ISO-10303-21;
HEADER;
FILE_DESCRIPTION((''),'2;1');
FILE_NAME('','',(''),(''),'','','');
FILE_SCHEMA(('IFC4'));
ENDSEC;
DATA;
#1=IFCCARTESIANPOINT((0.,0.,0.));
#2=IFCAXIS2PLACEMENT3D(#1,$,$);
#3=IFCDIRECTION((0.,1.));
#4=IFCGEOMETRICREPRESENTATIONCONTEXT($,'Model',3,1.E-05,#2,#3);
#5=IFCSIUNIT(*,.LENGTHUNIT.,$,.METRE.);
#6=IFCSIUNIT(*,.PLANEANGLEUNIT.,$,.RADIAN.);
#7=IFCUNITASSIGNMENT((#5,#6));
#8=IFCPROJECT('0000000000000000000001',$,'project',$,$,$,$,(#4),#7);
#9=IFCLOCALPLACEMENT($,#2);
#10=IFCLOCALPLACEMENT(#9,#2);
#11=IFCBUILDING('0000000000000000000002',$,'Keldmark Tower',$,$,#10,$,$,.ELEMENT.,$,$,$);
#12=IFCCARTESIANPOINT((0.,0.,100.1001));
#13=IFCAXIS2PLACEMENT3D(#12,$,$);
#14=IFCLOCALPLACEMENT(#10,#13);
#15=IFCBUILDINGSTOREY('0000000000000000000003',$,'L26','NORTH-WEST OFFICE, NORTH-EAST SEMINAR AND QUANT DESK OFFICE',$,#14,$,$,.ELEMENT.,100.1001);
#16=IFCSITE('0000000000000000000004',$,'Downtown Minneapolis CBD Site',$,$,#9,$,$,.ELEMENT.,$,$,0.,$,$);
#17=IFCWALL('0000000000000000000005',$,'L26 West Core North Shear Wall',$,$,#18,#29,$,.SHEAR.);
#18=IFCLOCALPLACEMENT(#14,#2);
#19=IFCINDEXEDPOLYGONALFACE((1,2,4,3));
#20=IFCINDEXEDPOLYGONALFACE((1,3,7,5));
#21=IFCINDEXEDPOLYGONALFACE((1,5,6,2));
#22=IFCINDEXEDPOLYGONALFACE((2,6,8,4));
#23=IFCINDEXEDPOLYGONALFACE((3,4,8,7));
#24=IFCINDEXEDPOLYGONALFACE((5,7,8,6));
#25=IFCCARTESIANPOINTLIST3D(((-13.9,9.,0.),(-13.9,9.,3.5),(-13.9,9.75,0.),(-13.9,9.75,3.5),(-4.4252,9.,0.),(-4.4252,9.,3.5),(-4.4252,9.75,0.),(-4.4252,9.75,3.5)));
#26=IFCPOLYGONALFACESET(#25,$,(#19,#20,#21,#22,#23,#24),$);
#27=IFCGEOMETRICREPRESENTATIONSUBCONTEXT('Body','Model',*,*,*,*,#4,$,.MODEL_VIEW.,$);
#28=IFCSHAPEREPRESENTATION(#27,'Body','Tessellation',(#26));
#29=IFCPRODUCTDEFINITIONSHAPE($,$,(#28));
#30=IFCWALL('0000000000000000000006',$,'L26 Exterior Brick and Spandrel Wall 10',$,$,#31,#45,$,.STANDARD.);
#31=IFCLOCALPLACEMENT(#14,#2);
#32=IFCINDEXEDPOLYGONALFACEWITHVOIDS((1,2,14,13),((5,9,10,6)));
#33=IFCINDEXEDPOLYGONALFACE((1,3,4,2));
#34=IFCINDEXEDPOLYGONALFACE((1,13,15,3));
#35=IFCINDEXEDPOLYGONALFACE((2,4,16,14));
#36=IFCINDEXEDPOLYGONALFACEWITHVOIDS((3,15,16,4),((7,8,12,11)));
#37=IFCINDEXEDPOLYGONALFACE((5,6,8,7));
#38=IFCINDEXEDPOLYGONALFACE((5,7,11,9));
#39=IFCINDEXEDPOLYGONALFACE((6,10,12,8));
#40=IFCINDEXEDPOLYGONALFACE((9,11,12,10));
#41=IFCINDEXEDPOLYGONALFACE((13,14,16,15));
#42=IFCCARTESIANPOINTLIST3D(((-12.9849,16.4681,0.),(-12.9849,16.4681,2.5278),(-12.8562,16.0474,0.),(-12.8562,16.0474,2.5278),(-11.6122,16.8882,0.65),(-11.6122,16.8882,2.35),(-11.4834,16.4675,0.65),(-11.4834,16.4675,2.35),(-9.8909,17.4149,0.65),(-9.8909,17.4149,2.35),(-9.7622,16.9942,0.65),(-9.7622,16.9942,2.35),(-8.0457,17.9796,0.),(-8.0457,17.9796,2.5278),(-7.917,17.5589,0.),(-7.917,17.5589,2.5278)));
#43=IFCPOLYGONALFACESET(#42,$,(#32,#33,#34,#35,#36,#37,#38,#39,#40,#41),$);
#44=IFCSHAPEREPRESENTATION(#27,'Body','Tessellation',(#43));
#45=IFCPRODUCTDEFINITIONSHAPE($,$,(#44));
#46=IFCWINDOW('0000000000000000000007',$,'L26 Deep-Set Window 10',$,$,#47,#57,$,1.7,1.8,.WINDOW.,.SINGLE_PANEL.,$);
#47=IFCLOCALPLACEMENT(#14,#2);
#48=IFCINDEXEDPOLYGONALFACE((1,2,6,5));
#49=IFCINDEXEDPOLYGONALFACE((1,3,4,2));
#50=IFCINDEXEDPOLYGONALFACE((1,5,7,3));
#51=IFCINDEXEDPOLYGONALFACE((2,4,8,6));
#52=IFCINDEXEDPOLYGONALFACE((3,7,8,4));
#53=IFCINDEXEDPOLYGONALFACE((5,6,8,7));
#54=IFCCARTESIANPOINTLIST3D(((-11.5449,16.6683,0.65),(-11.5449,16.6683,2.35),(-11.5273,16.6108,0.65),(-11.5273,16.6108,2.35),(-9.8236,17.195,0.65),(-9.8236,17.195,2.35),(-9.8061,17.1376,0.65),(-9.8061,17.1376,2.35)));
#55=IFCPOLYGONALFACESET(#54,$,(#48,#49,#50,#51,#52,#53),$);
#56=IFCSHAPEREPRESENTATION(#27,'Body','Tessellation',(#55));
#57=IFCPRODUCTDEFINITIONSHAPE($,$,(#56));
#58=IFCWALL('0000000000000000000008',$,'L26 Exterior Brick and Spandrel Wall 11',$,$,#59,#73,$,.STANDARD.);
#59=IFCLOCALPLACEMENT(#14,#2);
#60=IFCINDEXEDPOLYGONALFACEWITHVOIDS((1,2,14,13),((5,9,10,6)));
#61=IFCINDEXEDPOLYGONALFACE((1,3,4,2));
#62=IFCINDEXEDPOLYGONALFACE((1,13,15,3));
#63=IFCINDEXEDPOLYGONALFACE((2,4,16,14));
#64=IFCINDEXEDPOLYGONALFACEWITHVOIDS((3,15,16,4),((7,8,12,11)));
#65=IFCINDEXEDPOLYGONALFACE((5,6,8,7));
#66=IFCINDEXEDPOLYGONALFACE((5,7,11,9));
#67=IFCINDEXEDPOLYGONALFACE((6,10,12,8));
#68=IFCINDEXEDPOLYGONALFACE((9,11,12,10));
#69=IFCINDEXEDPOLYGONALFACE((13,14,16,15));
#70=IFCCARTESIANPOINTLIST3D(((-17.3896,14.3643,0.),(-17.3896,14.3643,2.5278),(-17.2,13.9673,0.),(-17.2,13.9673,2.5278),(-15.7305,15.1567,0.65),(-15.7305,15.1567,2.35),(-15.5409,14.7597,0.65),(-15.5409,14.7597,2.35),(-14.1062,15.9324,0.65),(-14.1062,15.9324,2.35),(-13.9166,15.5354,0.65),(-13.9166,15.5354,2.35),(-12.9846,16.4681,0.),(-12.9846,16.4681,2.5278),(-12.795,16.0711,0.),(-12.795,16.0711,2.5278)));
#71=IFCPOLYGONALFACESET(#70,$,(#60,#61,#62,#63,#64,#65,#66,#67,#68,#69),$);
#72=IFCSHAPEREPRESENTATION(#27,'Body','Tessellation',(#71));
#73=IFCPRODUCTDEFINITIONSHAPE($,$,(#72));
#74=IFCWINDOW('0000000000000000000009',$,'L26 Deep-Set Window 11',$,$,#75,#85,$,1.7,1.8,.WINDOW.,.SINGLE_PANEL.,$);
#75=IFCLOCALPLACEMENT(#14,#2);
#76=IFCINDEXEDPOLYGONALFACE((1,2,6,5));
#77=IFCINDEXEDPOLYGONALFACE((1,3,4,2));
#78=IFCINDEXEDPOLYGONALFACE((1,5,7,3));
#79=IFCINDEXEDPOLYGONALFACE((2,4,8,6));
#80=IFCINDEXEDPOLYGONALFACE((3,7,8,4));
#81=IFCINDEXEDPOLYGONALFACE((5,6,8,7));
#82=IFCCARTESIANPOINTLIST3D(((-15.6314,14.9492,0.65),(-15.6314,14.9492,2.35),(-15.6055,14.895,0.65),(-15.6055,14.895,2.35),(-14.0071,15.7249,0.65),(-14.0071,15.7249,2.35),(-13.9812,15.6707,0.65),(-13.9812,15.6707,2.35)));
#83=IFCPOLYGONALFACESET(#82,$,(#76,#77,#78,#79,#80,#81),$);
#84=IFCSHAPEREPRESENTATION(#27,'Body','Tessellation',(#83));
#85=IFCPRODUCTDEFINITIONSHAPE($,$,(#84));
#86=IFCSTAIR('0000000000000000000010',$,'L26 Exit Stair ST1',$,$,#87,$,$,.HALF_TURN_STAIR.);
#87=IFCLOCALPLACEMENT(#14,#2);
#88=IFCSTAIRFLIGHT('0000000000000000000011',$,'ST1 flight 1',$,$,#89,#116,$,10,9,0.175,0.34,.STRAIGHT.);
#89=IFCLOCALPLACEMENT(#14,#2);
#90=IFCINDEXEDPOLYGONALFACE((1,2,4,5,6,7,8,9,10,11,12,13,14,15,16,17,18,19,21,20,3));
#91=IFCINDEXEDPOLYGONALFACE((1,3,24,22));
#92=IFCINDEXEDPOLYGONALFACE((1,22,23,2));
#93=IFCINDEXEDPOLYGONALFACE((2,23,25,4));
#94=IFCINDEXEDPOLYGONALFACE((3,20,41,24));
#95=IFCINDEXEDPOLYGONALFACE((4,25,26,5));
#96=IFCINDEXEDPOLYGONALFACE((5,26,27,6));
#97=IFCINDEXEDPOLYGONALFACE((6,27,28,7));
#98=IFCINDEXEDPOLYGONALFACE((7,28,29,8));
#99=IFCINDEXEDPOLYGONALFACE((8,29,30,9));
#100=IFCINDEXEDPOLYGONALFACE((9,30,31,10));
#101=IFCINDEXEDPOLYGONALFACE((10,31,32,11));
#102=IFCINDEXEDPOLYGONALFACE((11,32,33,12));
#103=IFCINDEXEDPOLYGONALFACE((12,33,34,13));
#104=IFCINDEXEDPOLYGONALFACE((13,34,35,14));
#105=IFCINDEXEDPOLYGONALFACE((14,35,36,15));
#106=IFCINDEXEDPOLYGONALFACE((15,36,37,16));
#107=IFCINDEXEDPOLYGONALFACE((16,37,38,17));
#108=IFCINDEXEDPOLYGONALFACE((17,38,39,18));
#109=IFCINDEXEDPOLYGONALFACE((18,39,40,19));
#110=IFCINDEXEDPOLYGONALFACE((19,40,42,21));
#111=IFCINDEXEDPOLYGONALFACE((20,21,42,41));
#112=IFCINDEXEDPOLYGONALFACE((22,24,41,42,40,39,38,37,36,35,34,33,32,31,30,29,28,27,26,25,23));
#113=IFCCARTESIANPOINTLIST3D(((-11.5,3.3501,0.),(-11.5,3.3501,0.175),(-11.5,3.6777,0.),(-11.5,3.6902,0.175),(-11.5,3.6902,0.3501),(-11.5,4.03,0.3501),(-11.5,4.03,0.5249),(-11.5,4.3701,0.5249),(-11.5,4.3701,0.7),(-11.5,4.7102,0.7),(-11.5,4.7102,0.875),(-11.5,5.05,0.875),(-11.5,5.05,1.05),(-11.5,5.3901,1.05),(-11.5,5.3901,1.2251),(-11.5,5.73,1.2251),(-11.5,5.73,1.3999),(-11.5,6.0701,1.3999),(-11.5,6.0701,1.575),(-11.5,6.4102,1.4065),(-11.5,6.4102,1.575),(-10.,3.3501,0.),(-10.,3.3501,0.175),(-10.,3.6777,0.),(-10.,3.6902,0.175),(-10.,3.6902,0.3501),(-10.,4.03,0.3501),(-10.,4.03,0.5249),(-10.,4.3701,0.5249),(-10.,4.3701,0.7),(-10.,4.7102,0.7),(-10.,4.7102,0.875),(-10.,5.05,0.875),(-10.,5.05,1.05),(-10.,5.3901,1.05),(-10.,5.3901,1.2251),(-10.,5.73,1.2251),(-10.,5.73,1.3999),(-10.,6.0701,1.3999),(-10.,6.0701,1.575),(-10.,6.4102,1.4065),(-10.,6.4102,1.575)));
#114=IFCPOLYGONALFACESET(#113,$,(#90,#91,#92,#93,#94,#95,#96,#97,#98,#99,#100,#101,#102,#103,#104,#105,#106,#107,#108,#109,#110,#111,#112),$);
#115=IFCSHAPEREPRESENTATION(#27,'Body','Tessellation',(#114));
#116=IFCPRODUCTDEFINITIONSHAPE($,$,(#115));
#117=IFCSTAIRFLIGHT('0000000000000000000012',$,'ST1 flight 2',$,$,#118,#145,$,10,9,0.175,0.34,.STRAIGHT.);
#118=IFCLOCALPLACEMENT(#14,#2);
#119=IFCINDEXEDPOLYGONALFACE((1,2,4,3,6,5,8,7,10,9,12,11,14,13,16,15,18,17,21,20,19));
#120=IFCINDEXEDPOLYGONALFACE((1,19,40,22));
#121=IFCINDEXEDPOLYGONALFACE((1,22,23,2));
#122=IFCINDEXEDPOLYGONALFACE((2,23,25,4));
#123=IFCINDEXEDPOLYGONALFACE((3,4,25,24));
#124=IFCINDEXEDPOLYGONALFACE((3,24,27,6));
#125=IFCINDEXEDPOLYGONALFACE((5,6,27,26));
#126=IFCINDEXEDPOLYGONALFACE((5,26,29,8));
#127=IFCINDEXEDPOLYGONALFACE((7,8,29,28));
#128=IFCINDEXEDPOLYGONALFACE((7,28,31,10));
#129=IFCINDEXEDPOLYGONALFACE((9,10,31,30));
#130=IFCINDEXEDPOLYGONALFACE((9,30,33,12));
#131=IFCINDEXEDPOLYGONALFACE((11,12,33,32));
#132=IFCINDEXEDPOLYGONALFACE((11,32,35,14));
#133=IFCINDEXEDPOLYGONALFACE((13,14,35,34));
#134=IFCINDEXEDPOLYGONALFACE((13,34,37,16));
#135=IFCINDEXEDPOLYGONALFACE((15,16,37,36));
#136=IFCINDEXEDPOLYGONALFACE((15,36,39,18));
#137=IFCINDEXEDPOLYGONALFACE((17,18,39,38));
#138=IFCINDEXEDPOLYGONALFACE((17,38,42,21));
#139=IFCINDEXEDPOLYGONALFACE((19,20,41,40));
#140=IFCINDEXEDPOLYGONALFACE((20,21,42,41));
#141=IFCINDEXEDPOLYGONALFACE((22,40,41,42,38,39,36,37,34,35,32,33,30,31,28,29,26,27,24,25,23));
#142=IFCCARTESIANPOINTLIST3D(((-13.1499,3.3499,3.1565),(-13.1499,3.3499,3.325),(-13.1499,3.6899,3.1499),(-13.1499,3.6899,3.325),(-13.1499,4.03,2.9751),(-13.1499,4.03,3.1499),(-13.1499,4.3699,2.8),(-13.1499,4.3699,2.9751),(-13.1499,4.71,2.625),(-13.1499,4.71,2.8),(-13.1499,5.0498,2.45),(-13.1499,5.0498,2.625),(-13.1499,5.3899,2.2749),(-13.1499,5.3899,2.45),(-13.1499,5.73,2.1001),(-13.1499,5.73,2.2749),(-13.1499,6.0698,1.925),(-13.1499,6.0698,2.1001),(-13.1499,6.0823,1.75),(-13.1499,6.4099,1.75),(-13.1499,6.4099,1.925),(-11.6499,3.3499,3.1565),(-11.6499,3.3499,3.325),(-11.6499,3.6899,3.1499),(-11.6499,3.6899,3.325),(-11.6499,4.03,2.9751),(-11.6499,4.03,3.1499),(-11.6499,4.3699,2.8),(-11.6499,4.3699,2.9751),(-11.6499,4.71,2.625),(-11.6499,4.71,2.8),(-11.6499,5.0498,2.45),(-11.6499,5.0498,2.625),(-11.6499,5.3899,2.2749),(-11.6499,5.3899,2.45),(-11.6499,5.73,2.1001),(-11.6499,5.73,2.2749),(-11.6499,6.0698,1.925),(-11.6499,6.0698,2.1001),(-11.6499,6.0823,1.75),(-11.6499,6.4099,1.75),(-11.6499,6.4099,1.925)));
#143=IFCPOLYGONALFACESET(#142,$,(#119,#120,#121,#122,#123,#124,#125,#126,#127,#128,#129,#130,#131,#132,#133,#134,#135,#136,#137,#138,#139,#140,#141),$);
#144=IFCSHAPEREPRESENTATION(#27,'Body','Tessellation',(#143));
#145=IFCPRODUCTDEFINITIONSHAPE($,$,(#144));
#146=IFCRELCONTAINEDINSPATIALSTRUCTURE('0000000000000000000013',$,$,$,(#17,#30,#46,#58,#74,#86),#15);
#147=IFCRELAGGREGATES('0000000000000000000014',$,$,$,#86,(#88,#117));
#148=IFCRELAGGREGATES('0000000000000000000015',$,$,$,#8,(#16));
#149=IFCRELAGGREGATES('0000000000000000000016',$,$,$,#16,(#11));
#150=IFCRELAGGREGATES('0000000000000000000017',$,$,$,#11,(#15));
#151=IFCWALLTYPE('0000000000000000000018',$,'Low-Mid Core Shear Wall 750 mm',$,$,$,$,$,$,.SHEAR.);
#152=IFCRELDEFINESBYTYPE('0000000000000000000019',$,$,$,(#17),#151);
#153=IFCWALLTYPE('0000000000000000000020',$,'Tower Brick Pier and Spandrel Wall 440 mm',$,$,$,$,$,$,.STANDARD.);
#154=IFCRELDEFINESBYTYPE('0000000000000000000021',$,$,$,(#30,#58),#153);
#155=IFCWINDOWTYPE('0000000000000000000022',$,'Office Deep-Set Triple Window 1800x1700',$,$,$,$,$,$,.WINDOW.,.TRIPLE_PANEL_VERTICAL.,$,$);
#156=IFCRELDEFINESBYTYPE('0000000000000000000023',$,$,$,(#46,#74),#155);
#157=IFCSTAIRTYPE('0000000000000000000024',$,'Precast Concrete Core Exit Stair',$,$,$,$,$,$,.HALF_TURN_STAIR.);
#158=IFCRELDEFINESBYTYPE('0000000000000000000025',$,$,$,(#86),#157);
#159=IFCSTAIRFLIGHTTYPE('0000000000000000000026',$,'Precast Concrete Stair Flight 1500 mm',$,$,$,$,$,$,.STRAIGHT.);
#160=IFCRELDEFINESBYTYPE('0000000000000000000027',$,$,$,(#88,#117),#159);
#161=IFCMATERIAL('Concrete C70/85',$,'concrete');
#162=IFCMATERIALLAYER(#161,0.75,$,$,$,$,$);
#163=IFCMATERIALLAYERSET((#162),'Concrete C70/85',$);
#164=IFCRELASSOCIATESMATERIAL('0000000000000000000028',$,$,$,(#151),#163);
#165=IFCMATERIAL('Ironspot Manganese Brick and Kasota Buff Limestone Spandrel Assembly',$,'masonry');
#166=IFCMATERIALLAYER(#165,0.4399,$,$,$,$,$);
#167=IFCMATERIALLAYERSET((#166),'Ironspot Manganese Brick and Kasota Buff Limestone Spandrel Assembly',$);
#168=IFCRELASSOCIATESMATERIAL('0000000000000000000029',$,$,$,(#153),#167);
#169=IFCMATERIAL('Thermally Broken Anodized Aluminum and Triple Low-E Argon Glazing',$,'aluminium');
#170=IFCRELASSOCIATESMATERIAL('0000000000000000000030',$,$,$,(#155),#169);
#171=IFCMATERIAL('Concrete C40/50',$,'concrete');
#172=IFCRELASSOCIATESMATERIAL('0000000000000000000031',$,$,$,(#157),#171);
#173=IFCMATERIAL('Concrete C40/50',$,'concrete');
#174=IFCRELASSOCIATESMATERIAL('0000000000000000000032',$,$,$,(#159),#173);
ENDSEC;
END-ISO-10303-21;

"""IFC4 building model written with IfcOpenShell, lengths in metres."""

from ifc_helpers import new_model, si_unit, direction, frame, frame_2d, origin, place, context, subcontext, project, spatial, polyline, rectangle, outline, extrude, material, layer, layer_set, type_object, element, fill, aggregate, save


model = new_model("IFC4")

# Units and contexts
model_context = context("Model", 3, precision=1e-05, world=origin(), true_north=direction((0.0, 1.0)))
body_context = subcontext(model_context, "Body", "Model", "MODEL_VIEW")
ifc_project = project(units=[si_unit("LENGTHUNIT", "METRE"), si_unit("PLANEANGLEUNIT", "RADIAN")], contexts=[model_context])

# Site, building, storey
site_placement = place(None, origin())
site = spatial("IfcSite", under=ifc_project, at=site_placement, Name="Downtown Minneapolis CBD Site", CompositionType="ELEMENT", RefElevation=0.0)
building_placement = place(site_placement, origin())
building = spatial("IfcBuilding", under=site, at=building_placement, Name="Keldmark Tower", CompositionType="ELEMENT")
storey_placement = place(building_placement, frame((0.0, 0.0, 100.1001)))
storey = spatial("IfcBuildingStorey", under=building, at=storey_placement, Name="L26", Description="NORTH-WEST OFFICE, NORTH-EAST SEMINAR AND QUANT DESK OFFICE", CompositionType="ELEMENT", Elevation=100.1001)

# Wall
ifc_material_1 = material(Name="Concrete C70/85", Category="concrete")
ifc_layer_1 = layer(ifc_material_1, 0.75)
ifc_layer_set_1 = layer_set([ifc_layer_1], Name="Concrete C70/85")
wall_type_1 = type_object("IfcWallType", Name="Low-Mid Core Shear Wall 750 mm", PredefinedType="SHEAR", material=ifc_layer_set_1)
wall_1_placement = place(storey_placement, frame((-13.8999, 9.375, 0.0), z_axis=(0.0, 0.0, 1.0), x_axis=(1.0, 0.0, 0.0)))
element("IfcWall", 1, at=wall_1_placement, inside=storey, type_object=wall_type_1, Name="L26 West Core North Shear Wall", PredefinedType="SHEAR", context=body_context, shape_type="SweptSolid", body=[
    extrude(rectangle(XDim=9.4749, YDim=0.75, at=frame_2d((4.7373, 0.0))), origin(), (0.0, 0.0, 1.0), 3.5),
])

# Walls, openings, windows
ifc_material_2 = material(Name="Ironspot Manganese Brick and Kasota Buff Limestone Spandrel Assembly", Category="masonry")
ifc_layer_2 = layer(ifc_material_2, 0.4399)
ifc_layer_set_2 = layer_set([ifc_layer_2], Name="Ironspot Manganese Brick and Kasota Buff Limestone Spandrel Assembly")
wall_type_2 = type_object("IfcWallType", Name="Tower Brick Pier and Spandrel Wall 440 mm", PredefinedType="STANDARD", material=ifc_layer_set_2)
wall_2_placement = place(storey_placement, frame((-12.9204, 16.2578, 0.0), z_axis=(0.0, 0.0, 1.0), x_axis=(0.956229, 0.292621, 0.0)))
wall_2 = element("IfcWall", 2, at=wall_2_placement, inside=storey, type_object=wall_type_2, Name="L26 Exterior Brick and Spandrel Wall 10", PredefinedType="STANDARD", context=body_context, shape_type="SweptSolid", body=[
    extrude(rectangle(XDim=5.1653, YDim=0.4399, at=frame_2d((2.5825, 0.0))), origin(), (0.0, 0.0, 1.0), 2.5278),
])
opening_1_placement = place(wall_2_placement, frame((1.4355, 0.0, 0.6499)))
opening_1 = element("IfcOpeningElement", 3, at=opening_1_placement, cuts=wall_2, PredefinedType="OPENING", context=body_context, shape_type="SweptSolid", body=[
    extrude(rectangle(XDim=1.8, YDim=1.7, at=frame_2d((0.8999, 0.8501))), frame((0.0, 0.23, 0.0), z_axis=(0.0, -1.0, 0.0), x_axis=(1.0, 0.0, 0.0)), (0.0, 0.0, 1.0), 0.46),
])
ifc_material_3 = material(Name="Thermally Broken Anodized Aluminum and Triple Low-E Argon Glazing", Category="aluminium")
window_type = type_object("IfcWindowType", Name="Office Deep-Set Triple Window 1800x1700", PartitioningType="TRIPLE_PANEL_VERTICAL", PredefinedType="WINDOW", material=ifc_material_3)
window_1_placement = place(opening_1_placement, origin())
window_1 = element("IfcWindow", 4, at=window_1_placement, inside=storey, type_object=window_type, Name="L26 Deep-Set Window 10", OverallHeight=1.7, OverallWidth=1.8, PartitioningType="SINGLE_PANEL", PredefinedType="WINDOW", context=body_context, shape_type="SweptSolid", body=[
    extrude(rectangle(XDim=1.8, YDim=1.7, at=frame_2d((0.8999, 0.8501))), frame((0.0, -0.01, 0.0), z_axis=(0.0, -1.0, 0.0), x_axis=(1.0, 0.0, 0.0)), (0.0, 0.0, 1.0), 0.0601),
])
fill(opening_1, window_1)
wall_3_placement = place(storey_placement, frame((-17.2949, 14.1658, 0.0), z_axis=(0.0, 0.0, 1.0), x_axis=(0.902373, 0.430956, 0.0)))
wall_3 = element("IfcWall", 5, at=wall_3_placement, inside=storey, type_object=wall_type_2, Name="L26 Exterior Brick and Spandrel Wall 11", PredefinedType="STANDARD", context=body_context, shape_type="SweptSolid", body=[
    extrude(rectangle(XDim=4.8816, YDim=0.4399, at=frame_2d((2.4409, 0.0))), origin(), (0.0, 0.0, 1.0), 2.5278),
])
opening_2_placement = place(wall_3_placement, frame((1.8389, 0.0, 0.6499)))
opening_2 = element("IfcOpeningElement", 6, at=opening_2_placement, cuts=wall_3, PredefinedType="OPENING", context=body_context, shape_type="SweptSolid", body=[
    extrude(rectangle(XDim=1.8, YDim=1.7, at=frame_2d((0.8999, 0.8501))), frame((0.0, 0.23, 0.0), z_axis=(0.0, -1.0, 0.0), x_axis=(1.0, 0.0, 0.0)), (0.0, 0.0, 1.0), 0.46),
])
window_2_placement = place(opening_2_placement, origin())
window_2 = element("IfcWindow", 7, at=window_2_placement, inside=storey, type_object=window_type, Name="L26 Deep-Set Window 11", OverallHeight=1.7, OverallWidth=1.8, PartitioningType="SINGLE_PANEL", PredefinedType="WINDOW", context=body_context, shape_type="SweptSolid", body=[
    extrude(rectangle(XDim=1.8, YDim=1.7, at=frame_2d((0.8999, 0.8501))), frame((0.0, -0.01, 0.0), z_axis=(0.0, -1.0, 0.0), x_axis=(1.0, 0.0, 0.0)), (0.0, 0.0, 1.0), 0.0601),
])
fill(opening_2, window_2)

# Stair, stair flights
ifc_material_4 = material(Name="Concrete C40/50", Category="concrete")
stair_type = type_object("IfcStairType", Name="Precast Concrete Core Exit Stair", PredefinedType="HALF_TURN_STAIR", material=ifc_material_4)
stair_placement = place(storey_placement, origin())
stair = element("IfcStair", 8, at=stair_placement, inside=storey, type_object=stair_type, Name="L26 Exit Stair ST1", PredefinedType="HALF_TURN_STAIR")
ifc_material_5 = material(Name="Concrete C40/50", Category="concrete")
stair_flight_type = type_object("IfcStairFlightType", Name="Precast Concrete Stair Flight 1500 mm", PredefinedType="STRAIGHT", material=ifc_material_5)
stair_flight_1_placement = place(storey_placement, frame((-10.75, 3.3501, 0.0), z_axis=(0.0, 0.0, 1.0), x_axis=(0.0, 1.0, 0.0)))
stair_flight_1 = element("IfcStairFlight", 9, at=stair_flight_1_placement, type_object=stair_flight_type, Name="ST1 flight 1", NumberOfRisers=10, NumberOfTreads=9, PredefinedType="STRAIGHT", RiserHeight=0.175, TreadLength=0.34, context=body_context, shape_type="SweptSolid", body=[
    extrude(outline(polyline([(0.0, 0.0), (0.0, 0.175), (0.3401, 0.175), (0.3401, 0.3501), (0.6799, 0.3501), (0.6799, 0.5249), (1.02, 0.5249), (1.02, 0.7), (1.3601, 0.7), (1.3601, 0.875), (1.7, 0.875), (1.7, 1.05), (2.04, 1.05), (2.04, 1.2251), (2.3799, 1.2251), (2.3799, 1.3999), (2.72, 1.3999), (2.72, 1.575), (3.0601, 1.575), (3.0601, 1.75), (3.0601, 1.4065), (0.3276, 0.0), (0.0, 0.0)])), frame((0.0, 0.75, 0.0), z_axis=(0.0, -1.0, 0.0), x_axis=(1.0, 0.0, 0.0)), (0.0, 0.0, 1.0), 1.5),
])
stair_flight_2_placement = place(storey_placement, frame((-12.3999, 6.4099, 1.75), z_axis=(0.0, 0.0, 1.0), x_axis=(0.0, -1.0, 0.0)))
stair_flight_2 = element("IfcStairFlight", 10, at=stair_flight_2_placement, type_object=stair_flight_type, Name="ST1 flight 2", NumberOfRisers=10, NumberOfTreads=9, PredefinedType="STRAIGHT", RiserHeight=0.175, TreadLength=0.34, context=body_context, shape_type="SweptSolid", body=[
    extrude(outline(polyline([(0.0, 0.0), (0.0, 0.175), (0.3401, 0.175), (0.3401, 0.3501), (0.6799, 0.3501), (0.6799, 0.5249), (1.02, 0.5249), (1.02, 0.7), (1.3601, 0.7), (1.3601, 0.875), (1.7, 0.875), (1.7, 1.05), (2.04, 1.05), (2.04, 1.2251), (2.3799, 1.2251), (2.3799, 1.3999), (2.72, 1.3999), (2.72, 1.575), (3.0601, 1.575), (3.0601, 1.75), (3.0601, 1.4065), (0.3276, 0.0), (0.0, 0.0)])), frame((0.0, 0.75, 0.0), z_axis=(0.0, -1.0, 0.0), x_axis=(1.0, 0.0, 0.0)), (0.0, 0.0, 1.0), 1.5),
])
aggregate(stair, [stair_flight_1, stair_flight_2])

save(model, "model.ifc")
